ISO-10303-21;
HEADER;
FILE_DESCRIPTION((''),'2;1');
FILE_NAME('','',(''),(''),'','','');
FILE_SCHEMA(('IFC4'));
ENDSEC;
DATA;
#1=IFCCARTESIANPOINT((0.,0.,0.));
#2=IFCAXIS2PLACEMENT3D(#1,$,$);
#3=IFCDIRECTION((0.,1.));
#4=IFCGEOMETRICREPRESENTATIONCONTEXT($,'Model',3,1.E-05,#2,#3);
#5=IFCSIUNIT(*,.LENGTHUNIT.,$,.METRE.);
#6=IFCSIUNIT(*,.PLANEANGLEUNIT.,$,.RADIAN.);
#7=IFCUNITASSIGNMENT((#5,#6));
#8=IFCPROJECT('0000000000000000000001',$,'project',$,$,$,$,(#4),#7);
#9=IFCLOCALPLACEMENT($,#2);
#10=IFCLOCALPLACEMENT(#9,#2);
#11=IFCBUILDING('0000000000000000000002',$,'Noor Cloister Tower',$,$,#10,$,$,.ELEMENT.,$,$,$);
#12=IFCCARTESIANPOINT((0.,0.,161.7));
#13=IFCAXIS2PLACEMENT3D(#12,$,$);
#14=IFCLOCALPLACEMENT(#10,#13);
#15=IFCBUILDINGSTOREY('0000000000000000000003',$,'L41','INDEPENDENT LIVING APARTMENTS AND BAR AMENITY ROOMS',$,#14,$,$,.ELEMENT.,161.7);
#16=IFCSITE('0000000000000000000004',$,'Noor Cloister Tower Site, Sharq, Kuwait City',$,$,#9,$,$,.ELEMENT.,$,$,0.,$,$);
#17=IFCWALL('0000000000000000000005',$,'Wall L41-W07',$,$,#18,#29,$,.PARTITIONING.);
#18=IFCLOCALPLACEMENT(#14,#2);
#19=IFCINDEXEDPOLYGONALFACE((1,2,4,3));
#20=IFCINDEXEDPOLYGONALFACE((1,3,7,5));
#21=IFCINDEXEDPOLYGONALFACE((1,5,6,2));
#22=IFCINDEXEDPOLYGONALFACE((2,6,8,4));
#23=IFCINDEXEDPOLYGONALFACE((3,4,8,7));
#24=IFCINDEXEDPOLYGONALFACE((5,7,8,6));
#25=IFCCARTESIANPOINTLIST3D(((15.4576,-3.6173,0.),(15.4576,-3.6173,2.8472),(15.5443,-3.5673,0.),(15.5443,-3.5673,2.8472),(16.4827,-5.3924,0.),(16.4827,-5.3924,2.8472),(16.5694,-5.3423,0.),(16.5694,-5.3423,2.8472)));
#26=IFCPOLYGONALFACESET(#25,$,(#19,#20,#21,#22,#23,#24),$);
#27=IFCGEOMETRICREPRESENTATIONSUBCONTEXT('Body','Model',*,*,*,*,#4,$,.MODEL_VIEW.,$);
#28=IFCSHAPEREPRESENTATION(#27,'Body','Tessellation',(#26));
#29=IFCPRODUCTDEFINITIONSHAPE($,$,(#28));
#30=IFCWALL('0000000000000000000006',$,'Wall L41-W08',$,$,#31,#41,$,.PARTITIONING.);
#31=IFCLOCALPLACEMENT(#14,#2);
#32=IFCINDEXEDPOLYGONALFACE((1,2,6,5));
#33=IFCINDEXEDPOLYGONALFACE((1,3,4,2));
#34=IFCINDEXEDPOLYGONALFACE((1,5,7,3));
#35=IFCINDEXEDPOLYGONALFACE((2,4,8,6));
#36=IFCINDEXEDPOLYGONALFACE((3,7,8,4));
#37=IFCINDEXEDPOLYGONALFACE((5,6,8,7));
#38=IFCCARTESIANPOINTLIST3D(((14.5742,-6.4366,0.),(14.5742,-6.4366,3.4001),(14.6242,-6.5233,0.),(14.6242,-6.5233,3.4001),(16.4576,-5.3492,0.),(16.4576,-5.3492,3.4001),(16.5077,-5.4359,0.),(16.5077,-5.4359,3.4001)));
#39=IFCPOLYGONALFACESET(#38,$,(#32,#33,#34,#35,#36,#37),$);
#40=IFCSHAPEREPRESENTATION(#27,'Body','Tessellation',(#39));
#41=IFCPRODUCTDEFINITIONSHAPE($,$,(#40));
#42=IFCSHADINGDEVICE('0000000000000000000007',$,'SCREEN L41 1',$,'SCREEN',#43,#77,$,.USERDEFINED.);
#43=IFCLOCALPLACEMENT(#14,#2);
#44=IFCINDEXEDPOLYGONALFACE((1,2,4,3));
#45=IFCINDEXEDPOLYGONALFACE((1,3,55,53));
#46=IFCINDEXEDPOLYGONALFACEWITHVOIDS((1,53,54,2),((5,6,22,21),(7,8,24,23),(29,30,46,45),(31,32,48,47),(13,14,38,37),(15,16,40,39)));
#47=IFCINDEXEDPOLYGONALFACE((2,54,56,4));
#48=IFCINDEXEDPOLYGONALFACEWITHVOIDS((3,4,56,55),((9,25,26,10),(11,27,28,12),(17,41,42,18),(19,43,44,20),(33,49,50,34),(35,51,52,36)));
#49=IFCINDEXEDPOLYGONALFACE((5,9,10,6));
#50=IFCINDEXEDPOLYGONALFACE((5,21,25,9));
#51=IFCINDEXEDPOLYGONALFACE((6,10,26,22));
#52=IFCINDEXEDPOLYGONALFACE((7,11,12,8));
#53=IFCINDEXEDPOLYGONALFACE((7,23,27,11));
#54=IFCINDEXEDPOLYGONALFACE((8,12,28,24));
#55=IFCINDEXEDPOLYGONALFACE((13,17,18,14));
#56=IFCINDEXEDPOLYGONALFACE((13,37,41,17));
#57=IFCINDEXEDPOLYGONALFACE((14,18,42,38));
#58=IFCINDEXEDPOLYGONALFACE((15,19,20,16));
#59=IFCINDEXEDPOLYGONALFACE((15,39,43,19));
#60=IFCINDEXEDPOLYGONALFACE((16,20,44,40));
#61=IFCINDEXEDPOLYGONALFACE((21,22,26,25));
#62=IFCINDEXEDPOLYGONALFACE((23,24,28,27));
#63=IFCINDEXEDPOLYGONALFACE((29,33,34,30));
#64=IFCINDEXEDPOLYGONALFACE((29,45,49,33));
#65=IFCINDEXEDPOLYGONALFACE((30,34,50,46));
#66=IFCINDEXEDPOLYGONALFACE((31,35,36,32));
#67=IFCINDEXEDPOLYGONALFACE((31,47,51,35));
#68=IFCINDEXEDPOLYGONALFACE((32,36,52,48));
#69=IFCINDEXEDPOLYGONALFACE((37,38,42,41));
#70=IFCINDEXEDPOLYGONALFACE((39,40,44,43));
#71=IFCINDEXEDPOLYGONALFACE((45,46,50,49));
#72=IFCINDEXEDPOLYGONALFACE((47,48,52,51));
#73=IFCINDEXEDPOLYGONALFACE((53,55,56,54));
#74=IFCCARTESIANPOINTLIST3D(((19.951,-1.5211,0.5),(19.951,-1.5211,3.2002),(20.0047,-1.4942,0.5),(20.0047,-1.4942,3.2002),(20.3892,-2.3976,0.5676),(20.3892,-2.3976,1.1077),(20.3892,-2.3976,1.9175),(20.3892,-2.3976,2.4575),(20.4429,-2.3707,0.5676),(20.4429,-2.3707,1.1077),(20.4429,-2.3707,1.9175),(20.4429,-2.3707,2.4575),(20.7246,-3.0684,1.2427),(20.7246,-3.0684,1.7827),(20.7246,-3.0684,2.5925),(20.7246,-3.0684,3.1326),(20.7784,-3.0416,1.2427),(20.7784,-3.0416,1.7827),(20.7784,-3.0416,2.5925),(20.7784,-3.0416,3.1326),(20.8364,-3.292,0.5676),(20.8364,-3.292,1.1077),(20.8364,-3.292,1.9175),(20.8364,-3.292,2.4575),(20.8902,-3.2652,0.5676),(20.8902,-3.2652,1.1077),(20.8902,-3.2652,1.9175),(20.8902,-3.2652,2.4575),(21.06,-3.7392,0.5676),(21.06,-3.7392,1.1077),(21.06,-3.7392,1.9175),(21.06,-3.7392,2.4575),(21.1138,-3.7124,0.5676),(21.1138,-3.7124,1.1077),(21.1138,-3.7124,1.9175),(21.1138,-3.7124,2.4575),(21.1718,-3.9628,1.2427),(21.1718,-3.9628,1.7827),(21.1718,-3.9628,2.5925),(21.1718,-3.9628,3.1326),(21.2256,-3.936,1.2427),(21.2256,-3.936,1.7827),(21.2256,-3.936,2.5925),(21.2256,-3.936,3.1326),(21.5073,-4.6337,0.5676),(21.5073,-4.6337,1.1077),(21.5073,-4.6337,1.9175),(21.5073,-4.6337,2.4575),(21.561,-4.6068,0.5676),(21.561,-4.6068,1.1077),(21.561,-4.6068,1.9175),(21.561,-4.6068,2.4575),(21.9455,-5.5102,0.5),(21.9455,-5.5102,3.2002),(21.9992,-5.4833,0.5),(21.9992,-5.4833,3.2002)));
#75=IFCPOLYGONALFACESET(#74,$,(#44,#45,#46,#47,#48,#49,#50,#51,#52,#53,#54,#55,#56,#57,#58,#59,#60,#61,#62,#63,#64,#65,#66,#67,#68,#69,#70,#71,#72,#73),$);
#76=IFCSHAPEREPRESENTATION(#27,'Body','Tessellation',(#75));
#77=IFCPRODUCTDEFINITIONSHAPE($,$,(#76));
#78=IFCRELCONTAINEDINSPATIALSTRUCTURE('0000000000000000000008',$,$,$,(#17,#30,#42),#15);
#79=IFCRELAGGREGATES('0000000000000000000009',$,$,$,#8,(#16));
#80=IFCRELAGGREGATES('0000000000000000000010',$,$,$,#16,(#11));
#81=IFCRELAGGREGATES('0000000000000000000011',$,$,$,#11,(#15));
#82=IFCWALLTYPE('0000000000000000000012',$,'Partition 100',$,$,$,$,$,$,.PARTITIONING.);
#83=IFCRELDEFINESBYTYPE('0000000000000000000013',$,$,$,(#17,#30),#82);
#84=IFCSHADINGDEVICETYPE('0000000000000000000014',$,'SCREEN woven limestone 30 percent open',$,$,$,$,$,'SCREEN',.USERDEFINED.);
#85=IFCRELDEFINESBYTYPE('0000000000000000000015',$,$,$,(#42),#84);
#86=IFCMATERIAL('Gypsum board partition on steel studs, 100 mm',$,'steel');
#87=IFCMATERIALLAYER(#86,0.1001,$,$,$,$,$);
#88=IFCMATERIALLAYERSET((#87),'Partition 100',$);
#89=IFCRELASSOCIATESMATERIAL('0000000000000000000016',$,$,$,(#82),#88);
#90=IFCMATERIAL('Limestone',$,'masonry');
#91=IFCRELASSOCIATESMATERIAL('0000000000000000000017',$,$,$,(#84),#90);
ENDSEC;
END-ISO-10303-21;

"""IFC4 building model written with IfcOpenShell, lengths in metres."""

from ifc_helpers import new_model, si_unit, direction, frame, frame_2d, origin, place, context, subcontext, project, spatial, polyline, rectangle, outline, extrude, material, layer, layer_set, material_profile, profile_set, type_object, element, save


model = new_model("IFC4")

# Units and contexts
model_context = context("Model", 3, precision=1e-05, world=origin(), true_north=direction((0.0, 1.0)))
body_context = subcontext(model_context, "Body", "Model", "MODEL_VIEW")
ifc_project = project(units=[si_unit("LENGTHUNIT", "METRE"), si_unit("PLANEANGLEUNIT", "RADIAN")], contexts=[model_context])

# Site, building, storey
site_placement = place(None, origin())
site = spatial("IfcSite", under=ifc_project, at=site_placement, Name="Noor Cloister Tower Site, Sharq, Kuwait City", CompositionType="ELEMENT", RefElevation=0.0)
building_placement = place(site_placement, origin())
building = spatial("IfcBuilding", under=site, at=building_placement, Name="Noor Cloister Tower", CompositionType="ELEMENT")
storey_placement = place(building_placement, frame((0.0, 0.0, 161.7)))
storey = spatial("IfcBuildingStorey", under=building, at=storey_placement, Name="L41", Description="INDEPENDENT LIVING APARTMENTS AND BAR AMENITY ROOMS", CompositionType="ELEMENT", Elevation=161.7)

# Shared definitions
ifc_material_1 = material(Name="Gypsum board partition on steel studs, 100 mm", Category="steel")
ifc_layer_1 = layer(ifc_material_1, 0.1001)
ifc_layer_set_1 = layer_set([ifc_layer_1], Name="Partition 100")
wall_type_1 = type_object("IfcWallType", Name="Partition 100", PredefinedType="PARTITIONING", material=ifc_layer_set_1)

# Walls
wall_1_placement = place(storey_placement, frame((15.501, -3.5923, 0.0), z_axis=(0.0, 0.0, 1.0), x_axis=(0.500097, -0.865969, 0.0)))
element("IfcWall", 1, at=wall_1_placement, inside=storey, type_object=wall_type_1, Name="Wall L41-W07", PredefinedType="PARTITIONING", context=body_context, shape_type="SweptSolid", body=[
    extrude(rectangle(XDim=2.0498, YDim=0.1001, at=frame_2d((1.0249, 0.0))), origin(), (0.0, 0.0, 1.0), 2.8472),
])
wall_2_placement = place(storey_placement, frame((16.4827, -5.3926, 0.0), z_axis=(0.0, 0.0, 1.0), x_axis=(-0.866038, -0.499978, 0.0)))
element("IfcWall", 2, at=wall_2_placement, inside=storey, type_object=wall_type_1, Name="Wall L41-W08", PredefinedType="PARTITIONING", context=body_context, shape_type="SweptSolid", body=[
    extrude(rectangle(XDim=2.1748, YDim=0.1001, at=frame_2d((1.0874, 0.0))), origin(), (0.0, 0.0, 1.0), 3.4001),
])

# Shading device
ifc_material_2 = material(Name="Limestone", Category="masonry")
ifc_material_profile_1 = material_profile(ifc_material_2, outline(polyline([(-2.23, -1.3501), (2.23, -1.3501), (2.23, 1.3501), (-2.23, 1.3501), (-2.23, -1.3501)]), holes=[polyline([(-1.25, -1.2825), (-0.25, -1.2825), (-0.25, -0.7424), (-1.25, -0.7424), (-1.25, -1.2825)]), polyline([(0.25, -1.2825), (1.25, -1.2825), (1.25, -0.7424), (0.25, -0.7424), (0.25, -1.2825)]), polyline([(-0.5, -0.6074), (0.5, -0.6074), (0.5, -0.0674), (-0.5, -0.0674), (-0.5, -0.6074)]), polyline([(-1.25, 0.0674), (-0.25, 0.0674), (-0.25, 0.6074), (-1.25, 0.6074), (-1.25, 0.0674)]), polyline([(0.25, 0.0674), (1.25, 0.0674), (1.25, 0.6074), (0.25, 0.6074), (0.25, 0.0674)]), polyline([(-0.5, 0.7424), (0.5, 0.7424), (0.5, 1.2825), (-0.5, 1.2825), (-0.5, 0.7424)])]), Name="Woven screen 30 percent open")
ifc_profile_set_1 = profile_set([ifc_material_profile_1], Name="Limestone")
shading_device_type = type_object("IfcShadingDeviceType", Name="SCREEN woven limestone 30 percent open", ElementType="SCREEN", PredefinedType="USERDEFINED", material=ifc_profile_set_1)
shading_device_placement = place(storey_placement, frame((20.9482, -3.5156, 1.8501), z_axis=(0.894427, 0.447214, 0.0), x_axis=(-0.447214, 0.894427, 0.0)))
element("IfcShadingDevice", 3, at=shading_device_placement, inside=storey, type_object=shading_device_type, Name="SCREEN L41 1", ObjectType="SCREEN", PredefinedType="USERDEFINED", context=body_context, shape_type="SweptSolid", body=[
    extrude(outline(polyline([(-2.23, -1.3501), (2.23, -1.3501), (2.23, 1.3501), (-2.23, 1.3501), (-2.23, -1.3501)]), holes=[polyline([(-1.25, -1.2825), (-0.25, -1.2825), (-0.25, -0.7424), (-1.25, -0.7424), (-1.25, -1.2825)]), polyline([(0.25, -1.2825), (1.25, -1.2825), (1.25, -0.7424), (0.25, -0.7424), (0.25, -1.2825)]), polyline([(-0.5, -0.6074), (0.5, -0.6074), (0.5, -0.0674), (-0.5, -0.0674), (-0.5, -0.6074)]), polyline([(-1.25, 0.0674), (-0.25, 0.0674), (-0.25, 0.6074), (-1.25, 0.6074), (-1.25, 0.0674)]), polyline([(0.25, 0.0674), (1.25, 0.0674), (1.25, 0.6074), (0.25, 0.6074), (0.25, 0.0674)]), polyline([(-0.5, 0.7424), (0.5, 0.7424), (0.5, 1.2825), (-0.5, 1.2825), (-0.5, 0.7424)])]), origin(), (0.0, 0.0, 1.0), 0.0601),
])

save(model, "model.ifc")
